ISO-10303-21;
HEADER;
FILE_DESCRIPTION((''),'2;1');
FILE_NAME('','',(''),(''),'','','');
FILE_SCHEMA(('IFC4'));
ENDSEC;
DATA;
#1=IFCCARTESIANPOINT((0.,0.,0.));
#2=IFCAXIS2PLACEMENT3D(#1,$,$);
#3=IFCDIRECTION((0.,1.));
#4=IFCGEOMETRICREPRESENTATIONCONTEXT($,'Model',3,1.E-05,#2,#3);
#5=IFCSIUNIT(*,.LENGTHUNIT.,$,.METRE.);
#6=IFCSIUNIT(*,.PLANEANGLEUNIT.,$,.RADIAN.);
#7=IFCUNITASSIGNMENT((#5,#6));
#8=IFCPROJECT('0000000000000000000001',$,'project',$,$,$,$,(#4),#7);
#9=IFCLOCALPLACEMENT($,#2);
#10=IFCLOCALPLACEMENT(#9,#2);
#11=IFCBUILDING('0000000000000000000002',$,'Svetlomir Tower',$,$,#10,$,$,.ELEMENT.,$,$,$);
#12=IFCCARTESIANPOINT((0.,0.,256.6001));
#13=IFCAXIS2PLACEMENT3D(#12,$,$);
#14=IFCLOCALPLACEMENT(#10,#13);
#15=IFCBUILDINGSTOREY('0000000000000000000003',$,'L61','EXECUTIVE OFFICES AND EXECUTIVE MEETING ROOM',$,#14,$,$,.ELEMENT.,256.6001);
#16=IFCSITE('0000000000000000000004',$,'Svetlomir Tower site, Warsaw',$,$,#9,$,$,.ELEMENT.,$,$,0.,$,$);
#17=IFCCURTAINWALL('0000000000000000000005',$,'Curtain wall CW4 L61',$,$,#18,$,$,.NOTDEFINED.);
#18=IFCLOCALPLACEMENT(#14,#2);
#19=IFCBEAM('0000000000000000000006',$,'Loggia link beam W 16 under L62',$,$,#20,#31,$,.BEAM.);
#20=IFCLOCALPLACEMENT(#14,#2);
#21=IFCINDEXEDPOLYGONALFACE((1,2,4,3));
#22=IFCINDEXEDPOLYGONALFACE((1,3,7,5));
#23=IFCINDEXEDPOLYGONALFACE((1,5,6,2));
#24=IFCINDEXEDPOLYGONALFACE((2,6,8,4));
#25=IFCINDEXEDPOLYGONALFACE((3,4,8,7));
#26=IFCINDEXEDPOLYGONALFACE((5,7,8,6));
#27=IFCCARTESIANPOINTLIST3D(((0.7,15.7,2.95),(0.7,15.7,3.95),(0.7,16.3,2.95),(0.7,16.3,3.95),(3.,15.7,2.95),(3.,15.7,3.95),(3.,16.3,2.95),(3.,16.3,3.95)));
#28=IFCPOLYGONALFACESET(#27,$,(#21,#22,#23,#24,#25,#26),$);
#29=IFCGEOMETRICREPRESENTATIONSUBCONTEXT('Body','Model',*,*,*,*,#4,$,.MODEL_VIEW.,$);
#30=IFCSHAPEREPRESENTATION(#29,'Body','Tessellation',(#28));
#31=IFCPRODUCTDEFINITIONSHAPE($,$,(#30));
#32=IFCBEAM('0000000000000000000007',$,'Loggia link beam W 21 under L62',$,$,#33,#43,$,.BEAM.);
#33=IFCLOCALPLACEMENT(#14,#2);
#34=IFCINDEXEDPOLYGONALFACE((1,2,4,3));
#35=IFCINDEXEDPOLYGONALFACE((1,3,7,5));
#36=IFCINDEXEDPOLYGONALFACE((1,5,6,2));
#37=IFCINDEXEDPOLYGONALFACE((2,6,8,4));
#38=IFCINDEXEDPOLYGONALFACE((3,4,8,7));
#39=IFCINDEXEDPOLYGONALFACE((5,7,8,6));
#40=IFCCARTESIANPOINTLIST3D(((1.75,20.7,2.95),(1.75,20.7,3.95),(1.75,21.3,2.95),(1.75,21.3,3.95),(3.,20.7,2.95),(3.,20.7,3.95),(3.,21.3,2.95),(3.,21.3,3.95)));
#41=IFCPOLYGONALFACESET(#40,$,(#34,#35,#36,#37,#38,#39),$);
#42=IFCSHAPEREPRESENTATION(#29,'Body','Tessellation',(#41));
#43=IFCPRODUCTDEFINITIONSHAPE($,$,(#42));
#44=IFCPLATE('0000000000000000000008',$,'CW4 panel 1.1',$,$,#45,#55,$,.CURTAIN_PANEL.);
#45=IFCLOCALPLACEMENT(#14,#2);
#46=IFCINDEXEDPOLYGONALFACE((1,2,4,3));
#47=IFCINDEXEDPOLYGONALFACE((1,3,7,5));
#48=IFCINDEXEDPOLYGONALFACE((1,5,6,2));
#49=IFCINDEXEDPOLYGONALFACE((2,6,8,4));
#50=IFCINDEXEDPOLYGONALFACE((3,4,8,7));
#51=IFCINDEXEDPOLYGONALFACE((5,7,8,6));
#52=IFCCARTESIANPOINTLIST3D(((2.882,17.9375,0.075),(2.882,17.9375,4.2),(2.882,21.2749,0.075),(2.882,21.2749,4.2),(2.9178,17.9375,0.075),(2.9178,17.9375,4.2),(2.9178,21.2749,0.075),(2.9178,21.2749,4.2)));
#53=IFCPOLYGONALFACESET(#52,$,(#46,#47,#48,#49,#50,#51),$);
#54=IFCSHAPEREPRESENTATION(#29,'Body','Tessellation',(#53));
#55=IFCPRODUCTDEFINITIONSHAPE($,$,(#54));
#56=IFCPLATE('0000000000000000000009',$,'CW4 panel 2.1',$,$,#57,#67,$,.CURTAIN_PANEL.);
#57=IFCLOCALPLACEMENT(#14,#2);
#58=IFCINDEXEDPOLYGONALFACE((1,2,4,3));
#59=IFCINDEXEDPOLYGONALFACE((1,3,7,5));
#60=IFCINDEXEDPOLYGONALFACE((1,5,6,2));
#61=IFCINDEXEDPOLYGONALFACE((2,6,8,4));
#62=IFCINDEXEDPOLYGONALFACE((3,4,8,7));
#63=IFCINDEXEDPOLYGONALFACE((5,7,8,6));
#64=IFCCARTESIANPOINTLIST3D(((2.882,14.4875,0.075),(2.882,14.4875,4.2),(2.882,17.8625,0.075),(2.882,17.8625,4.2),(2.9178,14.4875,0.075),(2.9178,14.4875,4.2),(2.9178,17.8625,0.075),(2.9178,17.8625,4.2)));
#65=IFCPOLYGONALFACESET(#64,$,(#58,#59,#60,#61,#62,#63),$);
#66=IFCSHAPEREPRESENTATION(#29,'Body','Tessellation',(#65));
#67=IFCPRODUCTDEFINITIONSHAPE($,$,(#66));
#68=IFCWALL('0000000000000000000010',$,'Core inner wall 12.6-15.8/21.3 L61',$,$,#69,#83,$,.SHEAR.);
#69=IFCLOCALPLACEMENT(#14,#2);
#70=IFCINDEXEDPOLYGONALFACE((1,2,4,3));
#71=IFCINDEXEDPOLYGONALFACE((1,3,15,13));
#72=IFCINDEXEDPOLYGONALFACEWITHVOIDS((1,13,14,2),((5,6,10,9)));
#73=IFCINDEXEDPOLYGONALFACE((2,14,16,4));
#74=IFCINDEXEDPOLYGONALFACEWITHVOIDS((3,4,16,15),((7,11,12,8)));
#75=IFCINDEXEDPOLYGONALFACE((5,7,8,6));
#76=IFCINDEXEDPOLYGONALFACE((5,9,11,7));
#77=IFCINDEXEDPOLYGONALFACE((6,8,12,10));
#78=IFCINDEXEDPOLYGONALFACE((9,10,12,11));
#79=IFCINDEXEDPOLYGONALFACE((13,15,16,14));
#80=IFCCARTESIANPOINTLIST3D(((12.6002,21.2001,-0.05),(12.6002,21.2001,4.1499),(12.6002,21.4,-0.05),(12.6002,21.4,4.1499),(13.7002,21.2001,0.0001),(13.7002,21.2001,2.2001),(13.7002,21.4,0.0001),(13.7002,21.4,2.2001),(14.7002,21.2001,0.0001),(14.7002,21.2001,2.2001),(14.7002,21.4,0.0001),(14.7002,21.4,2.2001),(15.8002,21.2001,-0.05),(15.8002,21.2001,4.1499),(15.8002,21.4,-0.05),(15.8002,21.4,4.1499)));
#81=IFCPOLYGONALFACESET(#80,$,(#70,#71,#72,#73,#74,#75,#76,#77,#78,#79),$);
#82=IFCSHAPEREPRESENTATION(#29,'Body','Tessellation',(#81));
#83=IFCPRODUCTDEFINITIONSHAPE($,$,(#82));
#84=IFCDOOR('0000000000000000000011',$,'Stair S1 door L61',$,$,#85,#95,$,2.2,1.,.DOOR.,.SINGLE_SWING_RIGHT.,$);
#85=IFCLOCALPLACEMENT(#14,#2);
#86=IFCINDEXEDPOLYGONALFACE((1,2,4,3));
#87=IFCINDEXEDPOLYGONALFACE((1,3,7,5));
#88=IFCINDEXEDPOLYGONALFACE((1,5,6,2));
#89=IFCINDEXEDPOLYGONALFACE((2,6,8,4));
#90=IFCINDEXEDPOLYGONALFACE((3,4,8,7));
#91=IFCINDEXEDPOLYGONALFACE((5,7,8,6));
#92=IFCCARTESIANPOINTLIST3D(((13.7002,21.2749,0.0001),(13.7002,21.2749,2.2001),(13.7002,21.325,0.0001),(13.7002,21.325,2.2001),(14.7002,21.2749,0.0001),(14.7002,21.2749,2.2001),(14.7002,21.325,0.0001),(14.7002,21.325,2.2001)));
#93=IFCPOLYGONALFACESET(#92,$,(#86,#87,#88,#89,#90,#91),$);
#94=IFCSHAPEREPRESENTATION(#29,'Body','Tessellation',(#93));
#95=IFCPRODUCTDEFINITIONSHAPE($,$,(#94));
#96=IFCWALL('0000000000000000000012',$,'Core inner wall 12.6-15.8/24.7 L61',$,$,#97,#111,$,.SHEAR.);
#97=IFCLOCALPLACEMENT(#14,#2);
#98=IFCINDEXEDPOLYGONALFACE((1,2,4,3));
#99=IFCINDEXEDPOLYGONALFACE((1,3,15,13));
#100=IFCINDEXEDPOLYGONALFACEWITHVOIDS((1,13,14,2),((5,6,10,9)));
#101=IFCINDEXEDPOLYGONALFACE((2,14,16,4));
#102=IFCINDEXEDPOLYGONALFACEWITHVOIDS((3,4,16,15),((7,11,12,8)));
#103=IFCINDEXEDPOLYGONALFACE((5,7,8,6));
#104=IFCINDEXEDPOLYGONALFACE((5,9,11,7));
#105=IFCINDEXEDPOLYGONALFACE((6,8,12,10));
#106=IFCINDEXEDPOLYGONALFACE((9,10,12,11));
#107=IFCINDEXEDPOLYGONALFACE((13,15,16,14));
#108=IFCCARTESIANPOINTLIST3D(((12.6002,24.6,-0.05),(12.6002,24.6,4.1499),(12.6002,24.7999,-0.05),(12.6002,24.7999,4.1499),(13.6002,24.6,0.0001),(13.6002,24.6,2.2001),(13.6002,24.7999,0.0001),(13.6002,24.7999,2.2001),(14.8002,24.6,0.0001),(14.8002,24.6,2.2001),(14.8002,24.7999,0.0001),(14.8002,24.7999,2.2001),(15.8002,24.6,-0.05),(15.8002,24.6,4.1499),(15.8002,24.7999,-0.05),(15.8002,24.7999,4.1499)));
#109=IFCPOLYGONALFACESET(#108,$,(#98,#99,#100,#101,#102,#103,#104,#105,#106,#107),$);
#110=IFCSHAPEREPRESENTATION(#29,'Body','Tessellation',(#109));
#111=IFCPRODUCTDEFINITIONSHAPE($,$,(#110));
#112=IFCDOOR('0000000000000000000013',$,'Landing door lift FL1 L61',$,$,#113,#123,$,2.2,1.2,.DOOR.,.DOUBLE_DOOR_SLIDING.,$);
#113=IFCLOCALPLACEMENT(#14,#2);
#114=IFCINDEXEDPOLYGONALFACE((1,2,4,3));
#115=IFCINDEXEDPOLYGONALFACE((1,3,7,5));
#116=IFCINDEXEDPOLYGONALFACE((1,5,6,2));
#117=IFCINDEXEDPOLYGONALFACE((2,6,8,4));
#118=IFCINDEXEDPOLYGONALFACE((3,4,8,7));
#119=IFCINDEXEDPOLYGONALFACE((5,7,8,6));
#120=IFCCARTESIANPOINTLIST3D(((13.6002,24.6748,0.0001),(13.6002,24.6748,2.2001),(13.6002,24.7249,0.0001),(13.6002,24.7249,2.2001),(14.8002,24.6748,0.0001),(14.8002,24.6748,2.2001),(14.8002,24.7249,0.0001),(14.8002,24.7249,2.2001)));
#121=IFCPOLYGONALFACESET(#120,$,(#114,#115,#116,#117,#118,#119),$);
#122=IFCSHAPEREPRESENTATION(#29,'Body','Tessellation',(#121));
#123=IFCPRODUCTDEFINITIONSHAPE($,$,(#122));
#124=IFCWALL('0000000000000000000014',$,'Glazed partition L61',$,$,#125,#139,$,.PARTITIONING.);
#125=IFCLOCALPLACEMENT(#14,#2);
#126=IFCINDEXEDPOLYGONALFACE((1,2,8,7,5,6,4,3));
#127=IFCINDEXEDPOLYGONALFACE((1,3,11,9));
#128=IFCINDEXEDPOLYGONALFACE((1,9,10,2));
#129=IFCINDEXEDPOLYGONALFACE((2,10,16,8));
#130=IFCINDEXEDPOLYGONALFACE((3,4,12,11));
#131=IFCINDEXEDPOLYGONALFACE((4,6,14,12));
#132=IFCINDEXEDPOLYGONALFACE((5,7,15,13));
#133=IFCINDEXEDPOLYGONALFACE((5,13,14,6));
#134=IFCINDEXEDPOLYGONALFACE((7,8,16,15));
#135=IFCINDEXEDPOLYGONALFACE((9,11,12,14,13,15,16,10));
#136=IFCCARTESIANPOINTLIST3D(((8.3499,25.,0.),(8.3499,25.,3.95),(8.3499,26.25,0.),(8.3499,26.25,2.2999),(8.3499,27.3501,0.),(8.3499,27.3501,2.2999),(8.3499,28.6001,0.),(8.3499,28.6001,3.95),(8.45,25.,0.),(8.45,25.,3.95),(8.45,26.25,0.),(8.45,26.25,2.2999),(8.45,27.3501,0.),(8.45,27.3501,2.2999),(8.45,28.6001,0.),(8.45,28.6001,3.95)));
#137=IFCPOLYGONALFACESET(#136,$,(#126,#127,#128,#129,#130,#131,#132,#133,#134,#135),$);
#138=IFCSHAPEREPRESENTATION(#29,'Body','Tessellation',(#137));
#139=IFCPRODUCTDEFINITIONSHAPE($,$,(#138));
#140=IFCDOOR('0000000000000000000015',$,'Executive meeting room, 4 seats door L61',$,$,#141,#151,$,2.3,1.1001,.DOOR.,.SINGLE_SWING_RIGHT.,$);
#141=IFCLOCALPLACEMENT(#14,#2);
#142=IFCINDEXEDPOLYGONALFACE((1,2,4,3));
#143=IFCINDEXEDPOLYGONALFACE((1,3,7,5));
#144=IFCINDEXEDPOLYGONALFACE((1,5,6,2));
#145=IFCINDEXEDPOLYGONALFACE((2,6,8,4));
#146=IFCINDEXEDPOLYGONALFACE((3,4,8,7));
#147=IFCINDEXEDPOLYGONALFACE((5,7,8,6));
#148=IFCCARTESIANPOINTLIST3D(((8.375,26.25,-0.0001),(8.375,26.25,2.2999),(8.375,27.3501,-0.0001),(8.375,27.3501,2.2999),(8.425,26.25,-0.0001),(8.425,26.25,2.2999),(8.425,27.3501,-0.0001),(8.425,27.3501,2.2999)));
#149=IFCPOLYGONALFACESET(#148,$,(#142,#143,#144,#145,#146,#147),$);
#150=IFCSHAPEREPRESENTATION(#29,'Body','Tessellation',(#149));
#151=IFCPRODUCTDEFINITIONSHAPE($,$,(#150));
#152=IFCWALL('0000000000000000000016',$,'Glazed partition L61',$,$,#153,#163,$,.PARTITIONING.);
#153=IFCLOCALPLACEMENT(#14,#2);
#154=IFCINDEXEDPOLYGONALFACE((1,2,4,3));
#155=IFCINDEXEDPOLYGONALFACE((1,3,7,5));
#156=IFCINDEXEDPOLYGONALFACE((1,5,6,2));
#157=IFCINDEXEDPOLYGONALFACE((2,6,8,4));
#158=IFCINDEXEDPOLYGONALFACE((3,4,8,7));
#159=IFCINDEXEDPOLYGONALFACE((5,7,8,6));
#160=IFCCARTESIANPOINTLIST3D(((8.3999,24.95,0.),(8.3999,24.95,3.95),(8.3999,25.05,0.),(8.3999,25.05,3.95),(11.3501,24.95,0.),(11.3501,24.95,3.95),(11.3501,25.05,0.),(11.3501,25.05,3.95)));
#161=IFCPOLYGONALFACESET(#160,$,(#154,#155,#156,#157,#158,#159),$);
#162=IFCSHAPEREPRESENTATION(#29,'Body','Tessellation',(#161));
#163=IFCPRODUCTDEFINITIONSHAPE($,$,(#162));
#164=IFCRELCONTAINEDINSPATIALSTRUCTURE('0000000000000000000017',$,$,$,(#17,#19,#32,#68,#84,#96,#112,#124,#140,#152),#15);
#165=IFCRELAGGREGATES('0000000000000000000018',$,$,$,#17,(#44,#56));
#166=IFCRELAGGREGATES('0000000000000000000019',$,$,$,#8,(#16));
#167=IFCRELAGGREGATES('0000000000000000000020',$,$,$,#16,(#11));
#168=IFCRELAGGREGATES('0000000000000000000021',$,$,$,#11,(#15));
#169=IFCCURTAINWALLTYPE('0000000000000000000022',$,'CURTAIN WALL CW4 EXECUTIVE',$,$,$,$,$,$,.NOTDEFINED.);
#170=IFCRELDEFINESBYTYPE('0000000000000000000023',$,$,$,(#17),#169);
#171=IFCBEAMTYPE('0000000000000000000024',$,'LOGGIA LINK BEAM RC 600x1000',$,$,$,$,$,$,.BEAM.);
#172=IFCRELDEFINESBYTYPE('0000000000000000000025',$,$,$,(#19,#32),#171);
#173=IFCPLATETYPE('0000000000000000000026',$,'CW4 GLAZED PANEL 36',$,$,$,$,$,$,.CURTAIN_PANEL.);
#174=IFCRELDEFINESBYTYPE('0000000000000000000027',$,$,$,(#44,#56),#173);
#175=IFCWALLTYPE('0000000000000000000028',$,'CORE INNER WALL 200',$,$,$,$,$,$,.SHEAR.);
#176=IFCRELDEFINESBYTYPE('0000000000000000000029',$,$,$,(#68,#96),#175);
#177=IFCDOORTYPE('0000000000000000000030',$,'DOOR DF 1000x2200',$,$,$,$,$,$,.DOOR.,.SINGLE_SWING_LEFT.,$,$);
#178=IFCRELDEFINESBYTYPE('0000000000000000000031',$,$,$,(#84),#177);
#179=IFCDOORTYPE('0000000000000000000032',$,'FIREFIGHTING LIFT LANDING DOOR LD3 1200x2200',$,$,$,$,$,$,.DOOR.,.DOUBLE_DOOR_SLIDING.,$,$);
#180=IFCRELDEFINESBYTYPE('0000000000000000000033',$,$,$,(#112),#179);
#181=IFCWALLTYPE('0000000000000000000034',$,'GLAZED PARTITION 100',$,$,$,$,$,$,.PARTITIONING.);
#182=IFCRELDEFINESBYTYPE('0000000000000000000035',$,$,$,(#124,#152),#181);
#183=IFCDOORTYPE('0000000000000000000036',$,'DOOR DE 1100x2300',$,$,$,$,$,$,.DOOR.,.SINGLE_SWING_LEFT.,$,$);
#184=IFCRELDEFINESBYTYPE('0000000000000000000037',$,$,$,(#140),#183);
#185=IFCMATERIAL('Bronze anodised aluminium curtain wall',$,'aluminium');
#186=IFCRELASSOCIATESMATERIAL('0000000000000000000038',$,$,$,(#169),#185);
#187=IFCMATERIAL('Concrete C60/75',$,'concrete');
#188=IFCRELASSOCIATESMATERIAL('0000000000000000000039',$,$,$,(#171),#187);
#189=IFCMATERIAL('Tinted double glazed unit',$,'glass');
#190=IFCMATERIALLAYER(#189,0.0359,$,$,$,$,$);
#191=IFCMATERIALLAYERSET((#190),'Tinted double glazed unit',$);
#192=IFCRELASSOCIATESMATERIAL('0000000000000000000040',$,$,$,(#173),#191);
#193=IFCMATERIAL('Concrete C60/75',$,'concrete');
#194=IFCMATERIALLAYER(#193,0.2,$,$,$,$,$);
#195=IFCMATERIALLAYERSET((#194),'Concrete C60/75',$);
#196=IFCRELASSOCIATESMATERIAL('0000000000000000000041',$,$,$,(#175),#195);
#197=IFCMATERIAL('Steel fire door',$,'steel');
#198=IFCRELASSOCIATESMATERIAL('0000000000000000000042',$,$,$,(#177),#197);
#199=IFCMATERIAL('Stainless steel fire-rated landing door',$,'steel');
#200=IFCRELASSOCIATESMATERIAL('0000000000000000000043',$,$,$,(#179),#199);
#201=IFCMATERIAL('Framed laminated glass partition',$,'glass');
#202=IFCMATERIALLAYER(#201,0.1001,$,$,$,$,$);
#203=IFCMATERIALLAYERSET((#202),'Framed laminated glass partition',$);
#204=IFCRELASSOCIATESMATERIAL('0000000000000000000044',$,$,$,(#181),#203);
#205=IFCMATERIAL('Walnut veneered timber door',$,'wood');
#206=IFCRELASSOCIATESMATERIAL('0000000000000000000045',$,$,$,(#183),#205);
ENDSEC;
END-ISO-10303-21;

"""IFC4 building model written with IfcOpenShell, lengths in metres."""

from ifc_helpers import new_model, si_unit, direction, frame, frame_2d, origin, origin_2d, place, context, subcontext, project, spatial, rectangle, extrude, material, layer, layer_set, material_profile, profile_set, type_object, element, fill, aggregate, save


model = new_model("IFC4")

# Units and contexts
model_context = context("Model", 3, precision=1e-05, world=origin(), true_north=direction((0.0, 1.0)))
body_context = subcontext(model_context, "Body", "Model", "MODEL_VIEW")
ifc_project = project(units=[si_unit("LENGTHUNIT", "METRE"), si_unit("PLANEANGLEUNIT", "RADIAN")], contexts=[model_context])

# Site, building, storey
site_placement = place(None, origin())
site = spatial("IfcSite", under=ifc_project, at=site_placement, Name="Svetlomir Tower site, Warsaw", CompositionType="ELEMENT", RefElevation=0.0)
building_placement = place(site_placement, origin())
building = spatial("IfcBuilding", under=site, at=building_placement, Name="Svetlomir Tower", CompositionType="ELEMENT")
storey_placement = place(building_placement, frame((0.0, 0.0, 256.6001)))
storey = spatial("IfcBuildingStorey", under=building, at=storey_placement, Name="L61", Description="EXECUTIVE OFFICES AND EXECUTIVE MEETING ROOM", CompositionType="ELEMENT", Elevation=256.6001)

# Curtain wall
ifc_material_1 = material(Name="Bronze anodised aluminium curtain wall", Category="aluminium")
curtain_wall_type = type_object("IfcCurtainWallType", Name="CURTAIN WALL CW4 EXECUTIVE", PredefinedType="NOTDEFINED", material=ifc_material_1)
curtain_wall_placement = place(storey_placement, origin())
curtain_wall = element("IfcCurtainWall", 1, at=curtain_wall_placement, inside=storey, type_object=curtain_wall_type, Name="Curtain wall CW4 L61", PredefinedType="NOTDEFINED")

# Beams
ifc_material_2 = material(Name="Concrete C60/75", Category="concrete")
ifc_material_profile_1 = material_profile(ifc_material_2, rectangle(XDim=0.6001, YDim=1.0, at=origin_2d()), Name="RC 600x1000")
ifc_profile_set_1 = profile_set([ifc_material_profile_1], Name="Concrete C60/75")
beam_type_1 = type_object("IfcBeamType", Name="LOGGIA LINK BEAM RC 600x1000", PredefinedType="BEAM", material=ifc_profile_set_1)
beam_1_placement = place(storey_placement, frame((0.7, 16.0, 3.45), z_axis=(1.0, 0.0, 0.0), x_axis=(0.0, 1.0, 0.0)))
element("IfcBeam", 2, at=beam_1_placement, inside=storey, type_object=beam_type_1, Name="Loggia link beam W 16 under L62", PredefinedType="BEAM", context=body_context, shape_type="SweptSolid", body=[
    extrude(rectangle(XDim=0.6001, YDim=1.0, at=origin_2d()), origin(), (0.0, 0.0, 1.0), 2.3),
])
beam_2_placement = place(storey_placement, frame((1.75, 21.0, 3.45), z_axis=(1.0, 0.0, 0.0), x_axis=(0.0, 1.0, 0.0)))
element("IfcBeam", 3, at=beam_2_placement, inside=storey, type_object=beam_type_1, Name="Loggia link beam W 21 under L62", PredefinedType="BEAM", context=body_context, shape_type="SweptSolid", body=[
    extrude(rectangle(XDim=0.6001, YDim=1.0, at=origin_2d()), origin(), (0.0, 0.0, 1.0), 1.25),
])

# Plates
ifc_material_3 = material(Name="Tinted double glazed unit", Category="glass")
ifc_layer_1 = layer(ifc_material_3, 0.0359)
ifc_layer_set_1 = layer_set([ifc_layer_1], Name="Tinted double glazed unit")
plate_type = type_object("IfcPlateType", Name="CW4 GLAZED PANEL 36", PredefinedType="CURTAIN_PANEL", material=ifc_layer_set_1)
plate_1_placement = place(storey_placement, frame((2.8999, 19.6062, 0.075), z_axis=(0.0, 0.0, 1.0), x_axis=(0.0, -1.0, 0.0)))
plate_1 = element("IfcPlate", 4, at=plate_1_placement, type_object=plate_type, Name="CW4 panel 1.1", PredefinedType="CURTAIN_PANEL", context=body_context, shape_type="SweptSolid", body=[
    extrude(rectangle(XDim=3.3374, YDim=0.0359, at=origin_2d()), origin(), (0.0, 0.0, 1.0), 4.125),
])
plate_2_placement = place(storey_placement, frame((2.8999, 16.175, 0.075), z_axis=(0.0, 0.0, 1.0), x_axis=(0.0, -1.0, 0.0)))
plate_2 = element("IfcPlate", 5, at=plate_2_placement, type_object=plate_type, Name="CW4 panel 2.1", PredefinedType="CURTAIN_PANEL", context=body_context, shape_type="SweptSolid", body=[
    extrude(rectangle(XDim=3.375, YDim=0.0359, at=origin_2d()), origin(), (0.0, 0.0, 1.0), 4.125),
])
aggregate(curtain_wall, [plate_1, plate_2])

# Walls, openings, doors
ifc_material_4 = material(Name="Concrete C60/75", Category="concrete")
ifc_layer_2 = layer(ifc_material_4, 0.2)
ifc_layer_set_2 = layer_set([ifc_layer_2], Name="Concrete C60/75")
wall_type_1 = type_object("IfcWallType", Name="CORE INNER WALL 200", PredefinedType="SHEAR", material=ifc_layer_set_2)
wall_1_placement = place(storey_placement, frame((12.6001, 21.3, -0.05), z_axis=(0.0, 0.0, 1.0), x_axis=(1.0, 0.0, 0.0)))
wall_1 = element("IfcWall", 6, at=wall_1_placement, inside=storey, type_object=wall_type_1, Name="Core inner wall 12.6-15.8/21.3 L61", PredefinedType="SHEAR", context=body_context, shape_type="SweptSolid", body=[
    extrude(rectangle(XDim=3.2, YDim=0.2, at=frame_2d((1.6001, 0.0))), origin(), (0.0, 0.0, 1.0), 4.2),
])
opening_1_placement = place(wall_1_placement, frame((1.1001, 0.0, 0.05)))
opening_1 = element("IfcOpeningElement", 7, at=opening_1_placement, cuts=wall_1, PredefinedType="OPENING", context=body_context, shape_type="SweptSolid", body=[
    extrude(rectangle(XDim=1.0, YDim=2.2, at=frame_2d((0.5, 1.1001))), frame((0.0, 0.1099, 0.0), z_axis=(0.0, -1.0, 0.0), x_axis=(1.0, 0.0, 0.0)), (0.0, 0.0, 1.0), 0.22),
])
ifc_material_5 = material(Name="Steel fire door", Category="steel")
door_type_1 = type_object("IfcDoorType", Name="DOOR DF 1000x2200", OperationType="SINGLE_SWING_LEFT", PredefinedType="DOOR", material=ifc_material_5)
door_1_placement = place(opening_1_placement, origin())
door_1 = element("IfcDoor", 8, at=door_1_placement, inside=storey, type_object=door_type_1, Name="Stair S1 door L61", OperationType="SINGLE_SWING_RIGHT", OverallHeight=2.2, OverallWidth=1.0, PredefinedType="DOOR", context=body_context, shape_type="SweptSolid", body=[
    extrude(rectangle(XDim=1.0, YDim=2.2, at=frame_2d((0.5, 1.1001))), frame((0.0, 0.0249, 0.0), z_axis=(0.0, -1.0, 0.0), x_axis=(1.0, 0.0, 0.0)), (0.0, 0.0, 1.0), 0.05),
])
fill(opening_1, door_1)
wall_2_placement = place(storey_placement, frame((12.6001, 24.7, -0.05), z_axis=(0.0, 0.0, 1.0), x_axis=(1.0, 0.0, 0.0)))
wall_2 = element("IfcWall", 9, at=wall_2_placement, inside=storey, type_object=wall_type_1, Name="Core inner wall 12.6-15.8/24.7 L61", PredefinedType="SHEAR", context=body_context, shape_type="SweptSolid", body=[
    extrude(rectangle(XDim=3.2, YDim=0.2, at=frame_2d((1.6001, 0.0))), origin(), (0.0, 0.0, 1.0), 4.2),
])
opening_2_placement = place(wall_2_placement, frame((1.0, 0.0, 0.05)))
opening_2 = element("IfcOpeningElement", 10, at=opening_2_placement, cuts=wall_2, PredefinedType="OPENING", context=body_context, shape_type="SweptSolid", body=[
    extrude(rectangle(XDim=1.2, YDim=2.2, at=frame_2d((0.6001, 1.1001))), frame((0.0, 0.1099, 0.0), z_axis=(0.0, -1.0, 0.0), x_axis=(1.0, 0.0, 0.0)), (0.0, 0.0, 1.0), 0.22),
])
ifc_material_6 = material(Name="Stainless steel fire-rated landing door", Category="steel")
door_type_2 = type_object("IfcDoorType", Name="FIREFIGHTING LIFT LANDING DOOR LD3 1200x2200", OperationType="DOUBLE_DOOR_SLIDING", PredefinedType="DOOR", material=ifc_material_6)
door_2_placement = place(opening_2_placement, origin())
door_2 = element("IfcDoor", 11, at=door_2_placement, inside=storey, type_object=door_type_2, Name="Landing door lift FL1 L61", OperationType="DOUBLE_DOOR_SLIDING", OverallHeight=2.2, OverallWidth=1.2, PredefinedType="DOOR", context=body_context, shape_type="SweptSolid", body=[
    extrude(rectangle(XDim=1.2, YDim=2.2, at=frame_2d((0.6001, 1.1001))), frame((0.0, 0.0249, 0.0), z_axis=(0.0, -1.0, 0.0), x_axis=(1.0, 0.0, 0.0)), (0.0, 0.0, 1.0), 0.05),
])
fill(opening_2, door_2)
ifc_material_7 = material(Name="Framed laminated glass partition", Category="glass")
ifc_layer_3 = layer(ifc_material_7, 0.1001)
ifc_layer_set_3 = layer_set([ifc_layer_3], Name="Framed laminated glass partition")
wall_type_2 = type_object("IfcWallType", Name="GLAZED PARTITION 100", PredefinedType="PARTITIONING", material=ifc_layer_set_3)
wall_3_placement = place(storey_placement, frame((8.3999, 25.0, 0.0), z_axis=(0.0, 0.0, 1.0), x_axis=(0.0, 1.0, 0.0)))
wall_3 = element("IfcWall", 12, at=wall_3_placement, inside=storey, type_object=wall_type_2, Name="Glazed partition L61", PredefinedType="PARTITIONING", context=body_context, shape_type="SweptSolid", body=[
    extrude(rectangle(XDim=3.6001, YDim=0.1001, at=frame_2d((1.8, 0.0))), origin(), (0.0, 0.0, 1.0), 3.95),
])
opening_3_placement = place(wall_3_placement, frame((1.25, 0.0, 0.0)))
opening_3 = element("IfcOpeningElement", 13, at=opening_3_placement, cuts=wall_3, PredefinedType="OPENING", context=body_context, shape_type="SweptSolid", body=[
    extrude(rectangle(XDim=1.1001, YDim=2.3, at=frame_2d((0.55, 1.1499))), frame((0.0, 0.0601, 0.0), z_axis=(0.0, -1.0, 0.0), x_axis=(1.0, 0.0, 0.0)), (0.0, 0.0, 1.0), 0.1201),
])
ifc_material_8 = material(Name="Walnut veneered timber door", Category="wood")
door_type_3 = type_object("IfcDoorType", Name="DOOR DE 1100x2300", OperationType="SINGLE_SWING_LEFT", PredefinedType="DOOR", material=ifc_material_8)
door_3_placement = place(opening_3_placement, origin())
door_3 = element("IfcDoor", 14, at=door_3_placement, inside=storey, type_object=door_type_3, Name="Executive meeting room, 4 seats door L61", OperationType="SINGLE_SWING_RIGHT", OverallHeight=2.3, OverallWidth=1.1001, PredefinedType="DOOR", context=body_context, shape_type="SweptSolid", body=[
    extrude(rectangle(XDim=1.1001, YDim=2.3, at=frame_2d((0.55, 1.1499))), frame((0.0, 0.0249, 0.0), z_axis=(0.0, -1.0, 0.0), x_axis=(1.0, 0.0, 0.0)), (0.0, 0.0, 1.0), 0.05),
])
fill(opening_3, door_3)

# Wall
wall_4_placement = place(storey_placement, frame((8.3999, 25.0, 0.0), z_axis=(0.0, 0.0, 1.0), x_axis=(1.0, 0.0, 0.0)))
element("IfcWall", 15, at=wall_4_placement, inside=storey, type_object=wall_type_2, Name="Glazed partition L61", PredefinedType="PARTITIONING", context=body_context, shape_type="SweptSolid", body=[
    extrude(rectangle(XDim=2.9502, YDim=0.1001, at=frame_2d((1.4751, 0.0))), origin(), (0.0, 0.0, 1.0), 3.95),
])

save(model, "model.ifc")
